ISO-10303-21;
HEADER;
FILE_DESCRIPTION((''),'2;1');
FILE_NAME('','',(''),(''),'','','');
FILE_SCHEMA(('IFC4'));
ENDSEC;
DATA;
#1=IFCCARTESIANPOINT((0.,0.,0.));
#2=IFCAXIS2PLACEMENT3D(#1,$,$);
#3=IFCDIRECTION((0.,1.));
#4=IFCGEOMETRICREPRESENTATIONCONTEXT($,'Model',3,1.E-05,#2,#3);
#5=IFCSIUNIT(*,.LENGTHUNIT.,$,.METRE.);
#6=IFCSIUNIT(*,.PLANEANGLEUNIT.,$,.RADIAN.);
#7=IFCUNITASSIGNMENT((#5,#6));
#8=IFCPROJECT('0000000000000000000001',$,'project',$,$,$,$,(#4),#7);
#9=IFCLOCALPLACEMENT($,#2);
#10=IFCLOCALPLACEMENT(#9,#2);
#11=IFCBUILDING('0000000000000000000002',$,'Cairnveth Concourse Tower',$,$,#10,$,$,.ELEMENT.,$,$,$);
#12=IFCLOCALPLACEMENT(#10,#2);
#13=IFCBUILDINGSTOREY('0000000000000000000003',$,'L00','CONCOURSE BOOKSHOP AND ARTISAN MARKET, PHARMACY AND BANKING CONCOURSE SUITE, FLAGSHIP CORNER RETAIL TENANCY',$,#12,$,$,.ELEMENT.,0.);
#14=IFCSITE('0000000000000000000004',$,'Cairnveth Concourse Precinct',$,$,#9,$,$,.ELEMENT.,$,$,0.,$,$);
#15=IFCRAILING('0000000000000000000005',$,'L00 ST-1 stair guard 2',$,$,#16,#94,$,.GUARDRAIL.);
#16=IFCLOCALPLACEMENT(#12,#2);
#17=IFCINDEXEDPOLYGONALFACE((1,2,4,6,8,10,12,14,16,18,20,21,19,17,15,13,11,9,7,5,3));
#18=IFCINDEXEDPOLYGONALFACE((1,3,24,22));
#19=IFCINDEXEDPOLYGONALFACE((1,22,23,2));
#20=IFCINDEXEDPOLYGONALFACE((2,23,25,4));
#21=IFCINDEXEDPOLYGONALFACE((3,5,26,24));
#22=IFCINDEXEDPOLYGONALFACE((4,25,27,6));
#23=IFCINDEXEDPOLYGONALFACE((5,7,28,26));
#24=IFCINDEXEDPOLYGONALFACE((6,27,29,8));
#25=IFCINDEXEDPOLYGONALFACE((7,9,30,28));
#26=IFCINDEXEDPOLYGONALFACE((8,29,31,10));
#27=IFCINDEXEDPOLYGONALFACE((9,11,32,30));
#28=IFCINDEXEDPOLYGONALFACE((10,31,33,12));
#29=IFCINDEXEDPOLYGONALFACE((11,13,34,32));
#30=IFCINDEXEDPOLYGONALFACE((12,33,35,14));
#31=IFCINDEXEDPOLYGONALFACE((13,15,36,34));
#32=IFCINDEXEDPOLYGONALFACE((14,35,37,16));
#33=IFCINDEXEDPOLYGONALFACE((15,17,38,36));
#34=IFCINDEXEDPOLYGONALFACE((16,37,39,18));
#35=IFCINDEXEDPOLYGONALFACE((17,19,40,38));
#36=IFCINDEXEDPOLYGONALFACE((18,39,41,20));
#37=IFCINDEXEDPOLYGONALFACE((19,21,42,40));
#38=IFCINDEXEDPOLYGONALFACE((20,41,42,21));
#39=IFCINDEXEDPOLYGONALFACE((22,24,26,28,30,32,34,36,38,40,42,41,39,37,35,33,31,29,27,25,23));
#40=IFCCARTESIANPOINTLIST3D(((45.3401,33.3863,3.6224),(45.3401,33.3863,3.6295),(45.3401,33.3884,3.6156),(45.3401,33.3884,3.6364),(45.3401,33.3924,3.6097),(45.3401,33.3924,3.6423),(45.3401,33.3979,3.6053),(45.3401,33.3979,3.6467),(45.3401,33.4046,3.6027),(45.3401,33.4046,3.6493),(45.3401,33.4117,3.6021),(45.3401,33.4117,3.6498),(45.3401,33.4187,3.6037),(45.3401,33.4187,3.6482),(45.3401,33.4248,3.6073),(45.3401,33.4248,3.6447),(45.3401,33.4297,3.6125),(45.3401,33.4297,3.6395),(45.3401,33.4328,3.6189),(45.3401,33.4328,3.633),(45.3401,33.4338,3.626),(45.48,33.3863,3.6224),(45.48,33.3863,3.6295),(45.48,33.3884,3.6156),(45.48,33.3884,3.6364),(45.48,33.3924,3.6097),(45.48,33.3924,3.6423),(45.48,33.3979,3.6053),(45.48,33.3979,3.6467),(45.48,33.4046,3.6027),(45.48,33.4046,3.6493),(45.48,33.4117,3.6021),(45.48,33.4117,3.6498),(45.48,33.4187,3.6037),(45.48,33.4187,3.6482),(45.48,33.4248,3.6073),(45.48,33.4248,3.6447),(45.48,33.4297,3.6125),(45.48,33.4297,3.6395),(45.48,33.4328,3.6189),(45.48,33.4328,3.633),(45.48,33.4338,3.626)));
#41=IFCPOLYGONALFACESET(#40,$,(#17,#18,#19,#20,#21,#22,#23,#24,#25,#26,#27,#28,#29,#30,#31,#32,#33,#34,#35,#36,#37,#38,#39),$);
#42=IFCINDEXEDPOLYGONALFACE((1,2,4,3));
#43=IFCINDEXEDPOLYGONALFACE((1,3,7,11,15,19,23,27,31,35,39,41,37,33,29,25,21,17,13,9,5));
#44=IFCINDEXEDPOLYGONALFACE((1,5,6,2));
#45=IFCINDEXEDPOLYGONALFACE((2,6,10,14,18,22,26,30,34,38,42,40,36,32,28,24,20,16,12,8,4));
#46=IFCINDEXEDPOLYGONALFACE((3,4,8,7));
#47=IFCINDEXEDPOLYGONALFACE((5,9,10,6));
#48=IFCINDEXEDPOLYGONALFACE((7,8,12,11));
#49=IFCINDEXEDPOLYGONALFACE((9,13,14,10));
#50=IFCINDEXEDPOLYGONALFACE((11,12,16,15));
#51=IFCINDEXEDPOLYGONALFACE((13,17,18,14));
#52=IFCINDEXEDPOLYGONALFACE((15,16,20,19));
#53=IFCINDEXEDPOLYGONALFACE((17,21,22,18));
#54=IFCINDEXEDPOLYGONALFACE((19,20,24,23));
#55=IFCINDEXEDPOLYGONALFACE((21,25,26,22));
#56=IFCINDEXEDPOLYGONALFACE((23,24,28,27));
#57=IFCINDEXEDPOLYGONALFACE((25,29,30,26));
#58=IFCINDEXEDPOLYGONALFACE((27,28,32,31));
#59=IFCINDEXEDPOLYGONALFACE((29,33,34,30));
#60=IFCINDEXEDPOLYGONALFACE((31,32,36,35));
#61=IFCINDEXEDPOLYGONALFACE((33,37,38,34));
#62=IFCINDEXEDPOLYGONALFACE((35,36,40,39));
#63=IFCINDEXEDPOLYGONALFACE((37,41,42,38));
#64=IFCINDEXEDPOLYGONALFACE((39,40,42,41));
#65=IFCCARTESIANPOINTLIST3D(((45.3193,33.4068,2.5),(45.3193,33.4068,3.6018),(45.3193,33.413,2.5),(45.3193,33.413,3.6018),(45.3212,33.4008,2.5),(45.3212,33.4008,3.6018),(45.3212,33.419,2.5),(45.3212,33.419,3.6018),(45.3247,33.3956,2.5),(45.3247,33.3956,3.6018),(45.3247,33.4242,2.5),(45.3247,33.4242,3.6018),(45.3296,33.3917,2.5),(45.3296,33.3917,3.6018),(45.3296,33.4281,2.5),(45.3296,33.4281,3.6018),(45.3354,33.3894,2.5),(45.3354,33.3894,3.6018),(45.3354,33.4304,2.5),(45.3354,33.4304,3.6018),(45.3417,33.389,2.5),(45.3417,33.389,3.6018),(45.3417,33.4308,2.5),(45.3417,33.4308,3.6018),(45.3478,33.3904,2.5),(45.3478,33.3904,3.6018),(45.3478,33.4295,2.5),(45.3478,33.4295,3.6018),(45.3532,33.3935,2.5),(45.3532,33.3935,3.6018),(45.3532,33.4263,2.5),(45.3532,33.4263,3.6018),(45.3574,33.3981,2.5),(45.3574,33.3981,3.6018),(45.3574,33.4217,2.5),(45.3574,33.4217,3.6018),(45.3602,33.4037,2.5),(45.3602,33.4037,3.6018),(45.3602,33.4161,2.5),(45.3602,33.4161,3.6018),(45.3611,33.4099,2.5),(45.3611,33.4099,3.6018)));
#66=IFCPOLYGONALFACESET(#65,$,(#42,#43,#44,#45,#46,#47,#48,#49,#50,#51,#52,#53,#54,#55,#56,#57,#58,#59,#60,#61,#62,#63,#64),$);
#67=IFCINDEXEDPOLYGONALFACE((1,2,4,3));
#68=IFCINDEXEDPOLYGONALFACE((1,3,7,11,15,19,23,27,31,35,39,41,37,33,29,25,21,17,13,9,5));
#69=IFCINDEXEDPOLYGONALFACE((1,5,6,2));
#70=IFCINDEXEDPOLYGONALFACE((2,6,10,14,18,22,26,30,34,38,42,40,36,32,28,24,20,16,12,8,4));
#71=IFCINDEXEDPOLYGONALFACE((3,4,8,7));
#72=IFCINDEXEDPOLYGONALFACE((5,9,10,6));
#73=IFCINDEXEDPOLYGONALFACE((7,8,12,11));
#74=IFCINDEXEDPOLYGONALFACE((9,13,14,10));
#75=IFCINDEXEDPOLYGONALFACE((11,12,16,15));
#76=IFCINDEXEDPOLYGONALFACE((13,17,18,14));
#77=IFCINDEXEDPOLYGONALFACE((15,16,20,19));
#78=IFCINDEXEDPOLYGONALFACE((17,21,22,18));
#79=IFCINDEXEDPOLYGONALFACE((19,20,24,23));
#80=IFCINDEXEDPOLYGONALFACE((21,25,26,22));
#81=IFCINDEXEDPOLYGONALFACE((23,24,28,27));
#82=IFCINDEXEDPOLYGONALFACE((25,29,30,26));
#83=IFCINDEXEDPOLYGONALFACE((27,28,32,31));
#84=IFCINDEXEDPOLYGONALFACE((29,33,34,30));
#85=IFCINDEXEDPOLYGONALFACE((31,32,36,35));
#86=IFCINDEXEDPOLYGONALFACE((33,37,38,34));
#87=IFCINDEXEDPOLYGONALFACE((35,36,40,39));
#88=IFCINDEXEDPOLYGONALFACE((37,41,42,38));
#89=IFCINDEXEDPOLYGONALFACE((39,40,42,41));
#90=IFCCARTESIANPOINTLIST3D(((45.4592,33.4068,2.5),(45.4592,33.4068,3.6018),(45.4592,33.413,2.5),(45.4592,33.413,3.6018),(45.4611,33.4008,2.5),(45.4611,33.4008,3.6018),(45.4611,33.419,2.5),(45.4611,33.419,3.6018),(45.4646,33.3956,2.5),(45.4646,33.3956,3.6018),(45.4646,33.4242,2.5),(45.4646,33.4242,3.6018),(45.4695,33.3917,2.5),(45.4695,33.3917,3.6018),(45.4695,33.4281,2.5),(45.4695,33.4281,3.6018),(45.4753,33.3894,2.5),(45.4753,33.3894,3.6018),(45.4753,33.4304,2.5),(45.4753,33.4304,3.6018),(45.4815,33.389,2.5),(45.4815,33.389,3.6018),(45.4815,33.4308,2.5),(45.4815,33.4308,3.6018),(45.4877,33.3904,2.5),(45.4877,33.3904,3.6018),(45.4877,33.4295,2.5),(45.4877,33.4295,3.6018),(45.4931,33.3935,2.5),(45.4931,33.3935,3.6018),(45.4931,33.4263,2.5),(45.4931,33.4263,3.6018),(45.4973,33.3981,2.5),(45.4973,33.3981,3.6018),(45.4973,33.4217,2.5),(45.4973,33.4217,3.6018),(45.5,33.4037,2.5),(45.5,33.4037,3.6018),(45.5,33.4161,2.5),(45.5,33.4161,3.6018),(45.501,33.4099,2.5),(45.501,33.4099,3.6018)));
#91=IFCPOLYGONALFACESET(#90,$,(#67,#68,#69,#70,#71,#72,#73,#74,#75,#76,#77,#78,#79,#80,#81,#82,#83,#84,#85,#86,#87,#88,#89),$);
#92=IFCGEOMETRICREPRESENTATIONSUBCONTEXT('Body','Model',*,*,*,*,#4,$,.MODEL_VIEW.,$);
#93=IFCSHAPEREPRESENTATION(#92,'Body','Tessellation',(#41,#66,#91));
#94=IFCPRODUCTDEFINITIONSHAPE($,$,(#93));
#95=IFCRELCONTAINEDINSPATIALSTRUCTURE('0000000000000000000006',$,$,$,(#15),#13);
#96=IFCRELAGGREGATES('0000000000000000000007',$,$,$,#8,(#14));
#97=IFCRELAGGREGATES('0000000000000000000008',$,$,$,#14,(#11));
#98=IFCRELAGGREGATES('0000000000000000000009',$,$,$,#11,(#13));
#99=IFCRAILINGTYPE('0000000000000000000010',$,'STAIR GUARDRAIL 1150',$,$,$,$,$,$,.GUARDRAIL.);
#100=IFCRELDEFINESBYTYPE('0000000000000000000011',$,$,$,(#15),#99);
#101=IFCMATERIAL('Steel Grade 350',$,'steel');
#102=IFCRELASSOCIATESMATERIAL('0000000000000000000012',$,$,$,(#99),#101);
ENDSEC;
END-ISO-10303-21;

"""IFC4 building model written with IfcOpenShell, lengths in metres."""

from ifc_helpers import new_model, si_unit, direction, frame, origin, origin_2d, place, context, subcontext, project, spatial, circle, extrude, material, type_object, element, save


model = new_model("IFC4")

# Units and contexts
model_context = context("Model", 3, precision=1e-05, world=origin(), true_north=direction((0.0, 1.0)))
body_context = subcontext(model_context, "Body", "Model", "MODEL_VIEW")
ifc_project = project(units=[si_unit("LENGTHUNIT", "METRE"), si_unit("PLANEANGLEUNIT", "RADIAN")], contexts=[model_context])

# Site, building, storey
site_placement = place(None, origin())
site = spatial("IfcSite", under=ifc_project, at=site_placement, Name="Cairnveth Concourse Precinct", CompositionType="ELEMENT", RefElevation=0.0)
building_placement = place(site_placement, origin())
building = spatial("IfcBuilding", under=site, at=building_placement, Name="Cairnveth Concourse Tower", CompositionType="ELEMENT")
storey_placement = place(building_placement, origin())
storey = spatial("IfcBuildingStorey", under=building, at=storey_placement, Name="L00", Description="CONCOURSE BOOKSHOP AND ARTISAN MARKET, PHARMACY AND BANKING CONCOURSE SUITE, FLAGSHIP CORNER RETAIL TENANCY", CompositionType="ELEMENT", Elevation=0.0)

# Shared definitions
ifc_material_1 = material(Name="Steel Grade 350", Category="steel")

# Railing
railing_type_1 = type_object("IfcRailingType", Name="STAIR GUARDRAIL 1150", PredefinedType="GUARDRAIL", material=ifc_material_1)
railing_1_placement = place(storey_placement, frame((45.3401, 33.4099, 2.5)))
element("IfcRailing", 1, at=railing_1_placement, inside=storey, type_object=railing_type_1, Name="L00 ST-1 stair guard 2", PredefinedType="GUARDRAIL", context=body_context, shape_type="SweptSolid", body=[
    extrude(circle(Radius=0.0239, at=origin_2d()), frame((0.0, 0.0, 1.126), z_axis=(1.0, 0.0, 0.0), x_axis=(0.0, 1.0, 0.0)), (0.0, 0.0, 1.0), 0.1399),
    extrude(circle(Radius=0.021, at=origin_2d()), origin(), (0.0, 0.0, 1.0), 1.1018),
    extrude(circle(Radius=0.021, at=origin_2d()), frame((0.1399, 0.0, 0.0)), (0.0, 0.0, 1.0), 1.1018),
])

save(model, "model.ifc")
